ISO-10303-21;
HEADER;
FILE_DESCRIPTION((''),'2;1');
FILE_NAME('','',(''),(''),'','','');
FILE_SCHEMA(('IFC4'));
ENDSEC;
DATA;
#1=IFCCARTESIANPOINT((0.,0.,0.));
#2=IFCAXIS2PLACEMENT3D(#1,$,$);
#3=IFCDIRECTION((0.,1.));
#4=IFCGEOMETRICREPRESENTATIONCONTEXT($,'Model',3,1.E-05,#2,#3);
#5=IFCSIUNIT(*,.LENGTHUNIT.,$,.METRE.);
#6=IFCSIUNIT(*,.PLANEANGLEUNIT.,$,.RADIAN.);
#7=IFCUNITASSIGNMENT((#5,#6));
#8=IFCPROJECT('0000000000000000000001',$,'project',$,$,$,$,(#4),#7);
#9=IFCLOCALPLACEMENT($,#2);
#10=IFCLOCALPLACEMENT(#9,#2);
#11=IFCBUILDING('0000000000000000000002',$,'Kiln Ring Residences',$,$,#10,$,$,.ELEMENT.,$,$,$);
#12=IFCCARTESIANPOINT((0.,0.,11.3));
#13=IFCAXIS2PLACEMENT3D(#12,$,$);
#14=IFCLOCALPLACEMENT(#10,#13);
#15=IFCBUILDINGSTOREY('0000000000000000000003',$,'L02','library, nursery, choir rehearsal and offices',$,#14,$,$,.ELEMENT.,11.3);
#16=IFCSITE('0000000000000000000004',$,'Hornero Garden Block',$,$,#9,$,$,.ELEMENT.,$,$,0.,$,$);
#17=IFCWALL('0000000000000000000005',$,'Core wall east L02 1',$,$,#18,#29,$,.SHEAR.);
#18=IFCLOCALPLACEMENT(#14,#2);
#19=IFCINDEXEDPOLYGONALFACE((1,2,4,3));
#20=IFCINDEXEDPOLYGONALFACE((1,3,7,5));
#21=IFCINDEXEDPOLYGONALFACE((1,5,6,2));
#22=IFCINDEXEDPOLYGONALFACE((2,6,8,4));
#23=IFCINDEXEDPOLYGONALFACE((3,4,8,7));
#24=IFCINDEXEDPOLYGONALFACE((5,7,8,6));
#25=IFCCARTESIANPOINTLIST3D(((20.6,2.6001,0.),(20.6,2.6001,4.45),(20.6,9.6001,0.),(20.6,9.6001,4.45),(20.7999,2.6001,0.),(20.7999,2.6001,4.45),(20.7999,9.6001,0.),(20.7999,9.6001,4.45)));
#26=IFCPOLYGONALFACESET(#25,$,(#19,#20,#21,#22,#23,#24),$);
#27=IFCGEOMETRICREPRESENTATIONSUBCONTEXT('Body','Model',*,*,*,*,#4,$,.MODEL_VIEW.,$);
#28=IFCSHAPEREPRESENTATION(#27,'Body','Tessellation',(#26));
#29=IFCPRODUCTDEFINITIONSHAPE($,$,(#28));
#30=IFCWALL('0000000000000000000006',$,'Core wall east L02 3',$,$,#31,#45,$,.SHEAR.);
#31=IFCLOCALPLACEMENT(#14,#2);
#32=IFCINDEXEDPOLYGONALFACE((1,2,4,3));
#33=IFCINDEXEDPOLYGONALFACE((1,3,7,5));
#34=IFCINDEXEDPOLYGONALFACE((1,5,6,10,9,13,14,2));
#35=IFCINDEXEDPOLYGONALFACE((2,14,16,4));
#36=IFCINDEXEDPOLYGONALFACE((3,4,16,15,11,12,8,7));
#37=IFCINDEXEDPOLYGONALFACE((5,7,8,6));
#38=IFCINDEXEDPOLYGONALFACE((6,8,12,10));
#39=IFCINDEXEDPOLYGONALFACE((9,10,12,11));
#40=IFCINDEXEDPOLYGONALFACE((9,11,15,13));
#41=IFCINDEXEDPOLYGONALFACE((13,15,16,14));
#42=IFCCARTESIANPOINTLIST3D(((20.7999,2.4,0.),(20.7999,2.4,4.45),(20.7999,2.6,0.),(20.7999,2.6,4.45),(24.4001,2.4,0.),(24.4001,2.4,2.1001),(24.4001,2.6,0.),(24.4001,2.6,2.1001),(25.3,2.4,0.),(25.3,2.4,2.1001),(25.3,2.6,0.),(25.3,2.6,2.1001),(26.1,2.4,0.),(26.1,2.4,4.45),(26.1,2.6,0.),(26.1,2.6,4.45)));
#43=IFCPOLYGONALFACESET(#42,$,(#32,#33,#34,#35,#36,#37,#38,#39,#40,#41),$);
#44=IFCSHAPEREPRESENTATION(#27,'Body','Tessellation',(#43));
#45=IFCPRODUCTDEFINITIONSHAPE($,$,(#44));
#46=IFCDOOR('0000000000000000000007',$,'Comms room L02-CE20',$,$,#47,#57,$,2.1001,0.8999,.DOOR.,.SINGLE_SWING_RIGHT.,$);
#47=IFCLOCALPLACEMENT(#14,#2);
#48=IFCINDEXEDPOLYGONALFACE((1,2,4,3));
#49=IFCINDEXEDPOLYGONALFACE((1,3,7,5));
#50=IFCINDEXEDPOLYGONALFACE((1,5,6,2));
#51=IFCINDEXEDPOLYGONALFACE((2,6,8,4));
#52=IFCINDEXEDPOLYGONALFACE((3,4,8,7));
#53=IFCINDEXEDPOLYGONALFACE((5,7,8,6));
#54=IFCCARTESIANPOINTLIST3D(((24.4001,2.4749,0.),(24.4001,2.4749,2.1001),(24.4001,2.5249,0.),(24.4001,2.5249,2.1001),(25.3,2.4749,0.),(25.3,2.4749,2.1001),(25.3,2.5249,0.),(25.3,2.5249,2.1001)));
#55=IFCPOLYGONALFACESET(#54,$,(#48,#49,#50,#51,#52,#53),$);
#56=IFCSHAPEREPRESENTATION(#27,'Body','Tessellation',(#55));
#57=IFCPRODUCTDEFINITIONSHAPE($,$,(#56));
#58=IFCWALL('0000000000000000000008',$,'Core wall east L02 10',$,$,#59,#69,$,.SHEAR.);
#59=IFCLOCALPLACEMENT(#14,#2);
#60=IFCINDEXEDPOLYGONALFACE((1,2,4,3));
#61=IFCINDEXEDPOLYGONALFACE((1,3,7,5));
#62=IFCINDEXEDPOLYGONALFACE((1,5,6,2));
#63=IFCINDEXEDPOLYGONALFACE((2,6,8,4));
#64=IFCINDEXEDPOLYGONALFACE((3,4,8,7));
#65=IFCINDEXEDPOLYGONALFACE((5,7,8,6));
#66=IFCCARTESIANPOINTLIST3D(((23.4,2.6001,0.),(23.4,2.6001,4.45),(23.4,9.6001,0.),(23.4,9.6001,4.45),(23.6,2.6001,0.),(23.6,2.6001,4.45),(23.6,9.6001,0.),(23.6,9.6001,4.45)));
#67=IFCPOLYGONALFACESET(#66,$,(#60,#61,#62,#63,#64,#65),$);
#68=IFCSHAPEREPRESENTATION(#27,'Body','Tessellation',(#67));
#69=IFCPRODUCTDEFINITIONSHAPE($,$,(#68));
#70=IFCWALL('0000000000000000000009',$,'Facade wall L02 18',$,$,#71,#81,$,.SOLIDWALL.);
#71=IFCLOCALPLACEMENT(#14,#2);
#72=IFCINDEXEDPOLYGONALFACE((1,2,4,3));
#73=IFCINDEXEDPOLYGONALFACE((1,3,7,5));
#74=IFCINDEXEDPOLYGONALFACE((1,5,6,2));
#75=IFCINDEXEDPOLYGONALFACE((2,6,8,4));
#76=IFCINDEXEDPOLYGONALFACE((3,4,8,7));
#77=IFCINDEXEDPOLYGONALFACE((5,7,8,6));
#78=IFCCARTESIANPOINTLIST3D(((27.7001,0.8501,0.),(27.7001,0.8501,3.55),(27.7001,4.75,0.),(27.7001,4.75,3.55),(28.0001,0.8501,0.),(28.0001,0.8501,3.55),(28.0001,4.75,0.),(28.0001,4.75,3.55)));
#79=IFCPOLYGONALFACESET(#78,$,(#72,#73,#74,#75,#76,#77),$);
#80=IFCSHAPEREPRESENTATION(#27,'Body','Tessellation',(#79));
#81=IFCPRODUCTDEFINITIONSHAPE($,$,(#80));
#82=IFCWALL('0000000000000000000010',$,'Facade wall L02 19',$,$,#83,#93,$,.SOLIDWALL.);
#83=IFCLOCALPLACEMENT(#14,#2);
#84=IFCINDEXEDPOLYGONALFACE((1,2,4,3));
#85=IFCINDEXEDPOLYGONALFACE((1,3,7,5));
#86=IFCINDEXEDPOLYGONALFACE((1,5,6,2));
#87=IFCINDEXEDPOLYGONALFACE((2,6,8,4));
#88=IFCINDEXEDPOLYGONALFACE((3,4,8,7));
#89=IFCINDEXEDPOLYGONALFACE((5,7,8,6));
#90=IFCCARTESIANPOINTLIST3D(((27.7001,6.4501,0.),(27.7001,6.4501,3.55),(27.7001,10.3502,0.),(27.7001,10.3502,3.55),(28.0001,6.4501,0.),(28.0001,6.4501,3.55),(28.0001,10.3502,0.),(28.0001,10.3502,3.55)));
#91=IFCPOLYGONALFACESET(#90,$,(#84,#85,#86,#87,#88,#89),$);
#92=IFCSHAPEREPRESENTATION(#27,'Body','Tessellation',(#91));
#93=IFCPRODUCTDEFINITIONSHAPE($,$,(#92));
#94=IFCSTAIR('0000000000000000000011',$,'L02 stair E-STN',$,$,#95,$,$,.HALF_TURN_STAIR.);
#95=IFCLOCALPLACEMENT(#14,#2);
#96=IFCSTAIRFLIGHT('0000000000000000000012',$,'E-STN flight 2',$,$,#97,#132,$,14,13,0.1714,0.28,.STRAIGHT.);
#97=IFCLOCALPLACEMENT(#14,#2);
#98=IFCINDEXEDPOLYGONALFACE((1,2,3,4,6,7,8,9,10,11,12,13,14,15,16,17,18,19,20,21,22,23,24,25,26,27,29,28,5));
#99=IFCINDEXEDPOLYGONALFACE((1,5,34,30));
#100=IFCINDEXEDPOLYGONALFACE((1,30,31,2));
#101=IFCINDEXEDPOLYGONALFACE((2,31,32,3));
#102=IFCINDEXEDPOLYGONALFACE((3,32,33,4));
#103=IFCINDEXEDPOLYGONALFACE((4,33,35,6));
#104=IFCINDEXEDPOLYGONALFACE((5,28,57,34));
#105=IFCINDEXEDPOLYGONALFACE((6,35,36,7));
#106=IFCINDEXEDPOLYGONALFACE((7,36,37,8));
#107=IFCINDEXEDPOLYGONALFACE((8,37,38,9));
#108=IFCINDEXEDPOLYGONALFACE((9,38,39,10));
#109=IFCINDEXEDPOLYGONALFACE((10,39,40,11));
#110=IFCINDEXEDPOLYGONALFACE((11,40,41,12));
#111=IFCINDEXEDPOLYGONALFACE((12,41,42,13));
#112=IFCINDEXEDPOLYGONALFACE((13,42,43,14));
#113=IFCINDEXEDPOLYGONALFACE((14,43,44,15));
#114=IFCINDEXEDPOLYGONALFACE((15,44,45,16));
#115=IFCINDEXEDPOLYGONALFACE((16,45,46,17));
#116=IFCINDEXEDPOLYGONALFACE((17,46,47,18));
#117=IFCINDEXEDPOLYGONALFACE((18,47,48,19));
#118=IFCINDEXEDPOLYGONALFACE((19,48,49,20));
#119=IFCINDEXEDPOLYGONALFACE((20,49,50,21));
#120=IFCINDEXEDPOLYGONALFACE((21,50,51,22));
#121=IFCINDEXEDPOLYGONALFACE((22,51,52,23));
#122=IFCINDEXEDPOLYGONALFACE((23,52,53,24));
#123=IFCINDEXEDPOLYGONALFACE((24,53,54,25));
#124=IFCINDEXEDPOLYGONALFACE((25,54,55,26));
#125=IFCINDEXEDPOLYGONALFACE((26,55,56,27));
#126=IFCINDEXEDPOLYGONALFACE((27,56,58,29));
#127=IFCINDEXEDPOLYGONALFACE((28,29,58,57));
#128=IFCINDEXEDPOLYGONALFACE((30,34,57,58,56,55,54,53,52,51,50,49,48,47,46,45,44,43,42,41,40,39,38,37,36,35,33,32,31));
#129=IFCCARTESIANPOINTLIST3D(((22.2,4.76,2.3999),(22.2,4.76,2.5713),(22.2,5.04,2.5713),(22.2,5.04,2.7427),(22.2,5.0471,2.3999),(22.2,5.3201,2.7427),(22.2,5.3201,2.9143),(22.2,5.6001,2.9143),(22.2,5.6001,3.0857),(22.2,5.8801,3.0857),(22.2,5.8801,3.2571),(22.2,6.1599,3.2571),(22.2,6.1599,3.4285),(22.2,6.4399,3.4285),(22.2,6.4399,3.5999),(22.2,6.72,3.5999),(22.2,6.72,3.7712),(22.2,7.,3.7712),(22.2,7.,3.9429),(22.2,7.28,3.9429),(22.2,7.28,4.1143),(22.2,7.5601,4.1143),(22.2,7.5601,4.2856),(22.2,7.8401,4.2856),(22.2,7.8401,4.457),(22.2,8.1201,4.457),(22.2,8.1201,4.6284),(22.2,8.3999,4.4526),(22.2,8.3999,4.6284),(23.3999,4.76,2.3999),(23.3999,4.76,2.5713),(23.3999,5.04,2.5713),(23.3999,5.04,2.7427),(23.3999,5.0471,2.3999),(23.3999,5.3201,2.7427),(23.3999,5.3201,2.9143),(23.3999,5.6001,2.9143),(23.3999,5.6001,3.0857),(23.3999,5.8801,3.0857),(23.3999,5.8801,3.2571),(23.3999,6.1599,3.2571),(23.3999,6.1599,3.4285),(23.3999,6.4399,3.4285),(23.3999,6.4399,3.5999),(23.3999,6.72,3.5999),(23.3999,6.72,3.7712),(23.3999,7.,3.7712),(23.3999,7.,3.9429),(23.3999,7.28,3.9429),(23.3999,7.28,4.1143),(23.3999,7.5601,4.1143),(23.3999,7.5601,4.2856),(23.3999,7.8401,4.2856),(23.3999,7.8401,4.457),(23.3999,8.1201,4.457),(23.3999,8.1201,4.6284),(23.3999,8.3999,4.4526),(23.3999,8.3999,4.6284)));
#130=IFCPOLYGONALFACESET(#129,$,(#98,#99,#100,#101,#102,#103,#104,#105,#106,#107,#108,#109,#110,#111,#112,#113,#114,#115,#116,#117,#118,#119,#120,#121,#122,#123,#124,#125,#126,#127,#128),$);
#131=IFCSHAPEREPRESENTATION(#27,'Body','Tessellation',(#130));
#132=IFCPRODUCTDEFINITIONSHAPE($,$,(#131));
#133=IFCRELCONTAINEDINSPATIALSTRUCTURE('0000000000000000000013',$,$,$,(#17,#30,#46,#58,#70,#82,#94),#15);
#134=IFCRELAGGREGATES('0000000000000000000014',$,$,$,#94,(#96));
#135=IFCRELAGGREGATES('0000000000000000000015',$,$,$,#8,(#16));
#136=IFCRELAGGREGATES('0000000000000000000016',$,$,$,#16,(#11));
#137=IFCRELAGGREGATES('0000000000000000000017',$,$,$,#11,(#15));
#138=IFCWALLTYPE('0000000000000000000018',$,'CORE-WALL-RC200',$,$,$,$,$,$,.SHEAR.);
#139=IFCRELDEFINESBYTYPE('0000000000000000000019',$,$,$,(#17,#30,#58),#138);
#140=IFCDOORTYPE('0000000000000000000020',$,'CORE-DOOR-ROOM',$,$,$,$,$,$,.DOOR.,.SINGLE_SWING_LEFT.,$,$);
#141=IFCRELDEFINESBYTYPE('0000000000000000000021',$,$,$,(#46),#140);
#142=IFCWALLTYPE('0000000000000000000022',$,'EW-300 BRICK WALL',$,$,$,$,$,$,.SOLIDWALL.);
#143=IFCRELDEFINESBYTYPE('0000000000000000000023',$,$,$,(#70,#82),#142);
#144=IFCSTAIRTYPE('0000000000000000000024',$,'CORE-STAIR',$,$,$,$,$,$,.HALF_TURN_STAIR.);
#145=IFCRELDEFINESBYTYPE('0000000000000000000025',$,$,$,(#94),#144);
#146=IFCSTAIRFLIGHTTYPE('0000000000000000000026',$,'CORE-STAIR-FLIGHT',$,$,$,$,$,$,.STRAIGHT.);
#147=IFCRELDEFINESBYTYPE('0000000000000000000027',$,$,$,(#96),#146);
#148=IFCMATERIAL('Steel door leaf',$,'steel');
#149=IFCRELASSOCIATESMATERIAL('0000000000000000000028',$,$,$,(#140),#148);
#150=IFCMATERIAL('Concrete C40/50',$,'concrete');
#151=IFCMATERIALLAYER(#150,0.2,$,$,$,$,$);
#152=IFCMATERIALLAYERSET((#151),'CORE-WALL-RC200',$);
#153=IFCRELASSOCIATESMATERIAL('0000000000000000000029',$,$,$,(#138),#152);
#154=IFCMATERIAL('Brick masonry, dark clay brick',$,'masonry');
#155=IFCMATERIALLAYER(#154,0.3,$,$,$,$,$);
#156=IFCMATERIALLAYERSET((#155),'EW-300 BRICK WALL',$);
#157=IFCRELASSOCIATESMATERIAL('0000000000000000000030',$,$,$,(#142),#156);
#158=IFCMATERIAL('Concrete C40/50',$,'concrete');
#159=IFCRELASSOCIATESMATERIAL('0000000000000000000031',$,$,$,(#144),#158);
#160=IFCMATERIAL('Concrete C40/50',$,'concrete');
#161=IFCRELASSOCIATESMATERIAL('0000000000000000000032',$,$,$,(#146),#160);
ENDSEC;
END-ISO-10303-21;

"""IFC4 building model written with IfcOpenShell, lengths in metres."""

from ifc_helpers import new_model, si_unit, direction, frame, frame_2d, origin, place, context, subcontext, project, spatial, polyline, rectangle, outline, extrude, material, layer, layer_set, type_object, element, fill, aggregate, save


model = new_model("IFC4")

# Units and contexts
model_context = context("Model", 3, precision=1e-05, world=origin(), true_north=direction((0.0, 1.0)))
body_context = subcontext(model_context, "Body", "Model", "MODEL_VIEW")
ifc_project = project(units=[si_unit("LENGTHUNIT", "METRE"), si_unit("PLANEANGLEUNIT", "RADIAN")], contexts=[model_context])

# Site, building, storey
site_placement = place(None, origin())
site = spatial("IfcSite", under=ifc_project, at=site_placement, Name="Hornero Garden Block", CompositionType="ELEMENT", RefElevation=0.0)
building_placement = place(site_placement, origin())
building = spatial("IfcBuilding", under=site, at=building_placement, Name="Kiln Ring Residences", CompositionType="ELEMENT")
storey_placement = place(building_placement, frame((0.0, 0.0, 11.3)))
storey = spatial("IfcBuildingStorey", under=building, at=storey_placement, Name="L02", Description="library, nursery, choir rehearsal and offices", CompositionType="ELEMENT", Elevation=11.3)

# Shared definitions
ifc_material_1 = material(Name="Steel door leaf", Category="steel")
door_type = type_object("IfcDoorType", Name="CORE-DOOR-ROOM", OperationType="SINGLE_SWING_LEFT", PredefinedType="DOOR", material=ifc_material_1)

# Wall
ifc_material_2 = material(Name="Concrete C40/50", Category="concrete")
ifc_layer_1 = layer(ifc_material_2, 0.2)
ifc_layer_set_1 = layer_set([ifc_layer_1], Name="CORE-WALL-RC200")
wall_type_1 = type_object("IfcWallType", Name="CORE-WALL-RC200", PredefinedType="SHEAR", material=ifc_layer_set_1)
wall_1_placement = place(storey_placement, frame((20.7, 2.6001, 0.0), z_axis=(0.0, 0.0, 1.0), x_axis=(0.0, 1.0, 0.0)))
element("IfcWall", 1, at=wall_1_placement, inside=storey, type_object=wall_type_1, Name="Core wall east L02 1", PredefinedType="SHEAR", context=body_context, shape_type="SweptSolid", body=[
    extrude(rectangle(XDim=7.0, YDim=0.2, at=frame_2d((3.5, 0.0))), origin(), (0.0, 0.0, 1.0), 4.45),
])

# Wall, opening, door
wall_2_placement = place(storey_placement, frame((20.8, 2.5, 0.0), z_axis=(0.0, 0.0, 1.0), x_axis=(1.0, 0.0, 0.0)))
wall_2 = element("IfcWall", 2, at=wall_2_placement, inside=storey, type_object=wall_type_1, Name="Core wall east L02 3", PredefinedType="SHEAR", context=body_context, shape_type="SweptSolid", body=[
    extrude(rectangle(XDim=5.3, YDim=0.2, at=frame_2d((2.6499, 0.0))), origin(), (0.0, 0.0, 1.0), 4.45),
])
opening_1_placement = place(wall_2_placement, frame((3.6001, 0.0, 0.0)))
opening_1 = element("IfcOpeningElement", 3, at=opening_1_placement, cuts=wall_2, PredefinedType="OPENING", context=body_context, shape_type="SweptSolid", body=[
    extrude(rectangle(XDim=0.8999, YDim=2.1001, at=frame_2d((0.45, 1.05))), frame((0.0, 0.1099, 0.0), z_axis=(0.0, -1.0, 0.0), x_axis=(1.0, 0.0, 0.0)), (0.0, 0.0, 1.0), 0.22),
])
door_1_placement = place(opening_1_placement, origin())
door_1 = element("IfcDoor", 4, at=door_1_placement, inside=storey, type_object=door_type, Name="Comms room L02-CE20", OperationType="SINGLE_SWING_RIGHT", OverallHeight=2.1001, OverallWidth=0.8999, PredefinedType="DOOR", context=body_context, shape_type="SweptSolid", body=[
    extrude(rectangle(XDim=0.8999, YDim=2.1001, at=frame_2d((0.45, 1.05))), frame((0.0, 0.0249, 0.0), z_axis=(0.0, -1.0, 0.0), x_axis=(1.0, 0.0, 0.0)), (0.0, 0.0, 1.0), 0.05),
])
fill(opening_1, door_1)

# Walls
wall_3_placement = place(storey_placement, frame((23.5, 2.6001, 0.0), z_axis=(0.0, 0.0, 1.0), x_axis=(0.0, 1.0, 0.0)))
element("IfcWall", 5, at=wall_3_placement, inside=storey, type_object=wall_type_1, Name="Core wall east L02 10", PredefinedType="SHEAR", context=body_context, shape_type="SweptSolid", body=[
    extrude(rectangle(XDim=7.0, YDim=0.2, at=frame_2d((3.5, 0.0))), origin(), (0.0, 0.0, 1.0), 4.45),
])
ifc_material_3 = material(Name="Brick masonry, dark clay brick", Category="masonry")
ifc_layer_2 = layer(ifc_material_3, 0.3)
ifc_layer_set_2 = layer_set([ifc_layer_2], Name="EW-300 BRICK WALL")
wall_type_2 = type_object("IfcWallType", Name="EW-300 BRICK WALL", PredefinedType="SOLIDWALL", material=ifc_layer_set_2)
wall_4_placement = place(storey_placement, frame((27.8501, 0.8501, 0.0), z_axis=(0.0, 0.0, 1.0), x_axis=(0.0, 1.0, 0.0)))
element("IfcWall", 6, at=wall_4_placement, inside=storey, type_object=wall_type_2, Name="Facade wall L02 18", PredefinedType="SOLIDWALL", context=body_context, shape_type="SweptSolid", body=[
    extrude(rectangle(XDim=3.8999, YDim=0.3, at=frame_2d((1.95, 0.0))), origin(), (0.0, 0.0, 1.0), 3.55),
])
wall_5_placement = place(storey_placement, frame((27.8501, 6.45, 0.0), z_axis=(0.0, 0.0, 1.0), x_axis=(0.0, 1.0, 0.0)))
element("IfcWall", 7, at=wall_5_placement, inside=storey, type_object=wall_type_2, Name="Facade wall L02 19", PredefinedType="SOLIDWALL", context=body_context, shape_type="SweptSolid", body=[
    extrude(rectangle(XDim=3.9001, YDim=0.3, at=frame_2d((1.9502, 0.0))), origin(), (0.0, 0.0, 1.0), 3.55),
])

# Stair, stair flight
ifc_material_4 = material(Name="Concrete C40/50", Category="concrete")
stair_type = type_object("IfcStairType", Name="CORE-STAIR", PredefinedType="HALF_TURN_STAIR", material=ifc_material_4)
stair_placement = place(storey_placement, origin())
stair = element("IfcStair", 8, at=stair_placement, inside=storey, type_object=stair_type, Name="L02 stair E-STN", PredefinedType="HALF_TURN_STAIR")
ifc_material_5 = material(Name="Concrete C40/50", Category="concrete")
stair_flight_type = type_object("IfcStairFlightType", Name="CORE-STAIR-FLIGHT", PredefinedType="STRAIGHT", material=ifc_material_5)
stair_flight_placement = place(storey_placement, frame((22.8, 4.76, 2.3999), z_axis=(0.0, 0.0, 1.0), x_axis=(0.0, 1.0, 0.0)))
stair_flight = element("IfcStairFlight", 9, at=stair_flight_placement, type_object=stair_flight_type, Name="E-STN flight 2", NumberOfRisers=14, NumberOfTreads=13, PredefinedType="STRAIGHT", RiserHeight=0.1714, TreadLength=0.28, context=body_context, shape_type="SweptSolid", body=[
    extrude(outline(polyline([(0.0, 0.0), (0.0, 0.1714), (0.28, 0.1714), (0.28, 0.3428), (0.5601, 0.3428), (0.5601, 0.5144), (0.8401, 0.5144), (0.8401, 0.6858), (1.1201, 0.6858), (1.1201, 0.8572), (1.3999, 0.8572), (1.3999, 1.0286), (1.6799, 1.0286), (1.6799, 1.2), (1.96, 1.2), (1.96, 1.3713), (2.24, 1.3713), (2.24, 1.543), (2.52, 1.543), (2.52, 1.7144), (2.8, 1.7144), (2.8, 1.8857), (3.0801, 1.8857), (3.0801, 2.0571), (3.3601, 2.0571), (3.3601, 2.2285), (3.6399, 2.2285), (3.6399, 2.3999), (3.6399, 2.0527), (0.2871, 0.0), (0.0, 0.0)])), frame((0.0, 0.6001, 0.0), z_axis=(0.0, -1.0, 0.0), x_axis=(1.0, 0.0, 0.0)), (0.0, 0.0, 1.0), 1.2),
])
aggregate(stair, [stair_flight])

save(model, "model.ifc")
